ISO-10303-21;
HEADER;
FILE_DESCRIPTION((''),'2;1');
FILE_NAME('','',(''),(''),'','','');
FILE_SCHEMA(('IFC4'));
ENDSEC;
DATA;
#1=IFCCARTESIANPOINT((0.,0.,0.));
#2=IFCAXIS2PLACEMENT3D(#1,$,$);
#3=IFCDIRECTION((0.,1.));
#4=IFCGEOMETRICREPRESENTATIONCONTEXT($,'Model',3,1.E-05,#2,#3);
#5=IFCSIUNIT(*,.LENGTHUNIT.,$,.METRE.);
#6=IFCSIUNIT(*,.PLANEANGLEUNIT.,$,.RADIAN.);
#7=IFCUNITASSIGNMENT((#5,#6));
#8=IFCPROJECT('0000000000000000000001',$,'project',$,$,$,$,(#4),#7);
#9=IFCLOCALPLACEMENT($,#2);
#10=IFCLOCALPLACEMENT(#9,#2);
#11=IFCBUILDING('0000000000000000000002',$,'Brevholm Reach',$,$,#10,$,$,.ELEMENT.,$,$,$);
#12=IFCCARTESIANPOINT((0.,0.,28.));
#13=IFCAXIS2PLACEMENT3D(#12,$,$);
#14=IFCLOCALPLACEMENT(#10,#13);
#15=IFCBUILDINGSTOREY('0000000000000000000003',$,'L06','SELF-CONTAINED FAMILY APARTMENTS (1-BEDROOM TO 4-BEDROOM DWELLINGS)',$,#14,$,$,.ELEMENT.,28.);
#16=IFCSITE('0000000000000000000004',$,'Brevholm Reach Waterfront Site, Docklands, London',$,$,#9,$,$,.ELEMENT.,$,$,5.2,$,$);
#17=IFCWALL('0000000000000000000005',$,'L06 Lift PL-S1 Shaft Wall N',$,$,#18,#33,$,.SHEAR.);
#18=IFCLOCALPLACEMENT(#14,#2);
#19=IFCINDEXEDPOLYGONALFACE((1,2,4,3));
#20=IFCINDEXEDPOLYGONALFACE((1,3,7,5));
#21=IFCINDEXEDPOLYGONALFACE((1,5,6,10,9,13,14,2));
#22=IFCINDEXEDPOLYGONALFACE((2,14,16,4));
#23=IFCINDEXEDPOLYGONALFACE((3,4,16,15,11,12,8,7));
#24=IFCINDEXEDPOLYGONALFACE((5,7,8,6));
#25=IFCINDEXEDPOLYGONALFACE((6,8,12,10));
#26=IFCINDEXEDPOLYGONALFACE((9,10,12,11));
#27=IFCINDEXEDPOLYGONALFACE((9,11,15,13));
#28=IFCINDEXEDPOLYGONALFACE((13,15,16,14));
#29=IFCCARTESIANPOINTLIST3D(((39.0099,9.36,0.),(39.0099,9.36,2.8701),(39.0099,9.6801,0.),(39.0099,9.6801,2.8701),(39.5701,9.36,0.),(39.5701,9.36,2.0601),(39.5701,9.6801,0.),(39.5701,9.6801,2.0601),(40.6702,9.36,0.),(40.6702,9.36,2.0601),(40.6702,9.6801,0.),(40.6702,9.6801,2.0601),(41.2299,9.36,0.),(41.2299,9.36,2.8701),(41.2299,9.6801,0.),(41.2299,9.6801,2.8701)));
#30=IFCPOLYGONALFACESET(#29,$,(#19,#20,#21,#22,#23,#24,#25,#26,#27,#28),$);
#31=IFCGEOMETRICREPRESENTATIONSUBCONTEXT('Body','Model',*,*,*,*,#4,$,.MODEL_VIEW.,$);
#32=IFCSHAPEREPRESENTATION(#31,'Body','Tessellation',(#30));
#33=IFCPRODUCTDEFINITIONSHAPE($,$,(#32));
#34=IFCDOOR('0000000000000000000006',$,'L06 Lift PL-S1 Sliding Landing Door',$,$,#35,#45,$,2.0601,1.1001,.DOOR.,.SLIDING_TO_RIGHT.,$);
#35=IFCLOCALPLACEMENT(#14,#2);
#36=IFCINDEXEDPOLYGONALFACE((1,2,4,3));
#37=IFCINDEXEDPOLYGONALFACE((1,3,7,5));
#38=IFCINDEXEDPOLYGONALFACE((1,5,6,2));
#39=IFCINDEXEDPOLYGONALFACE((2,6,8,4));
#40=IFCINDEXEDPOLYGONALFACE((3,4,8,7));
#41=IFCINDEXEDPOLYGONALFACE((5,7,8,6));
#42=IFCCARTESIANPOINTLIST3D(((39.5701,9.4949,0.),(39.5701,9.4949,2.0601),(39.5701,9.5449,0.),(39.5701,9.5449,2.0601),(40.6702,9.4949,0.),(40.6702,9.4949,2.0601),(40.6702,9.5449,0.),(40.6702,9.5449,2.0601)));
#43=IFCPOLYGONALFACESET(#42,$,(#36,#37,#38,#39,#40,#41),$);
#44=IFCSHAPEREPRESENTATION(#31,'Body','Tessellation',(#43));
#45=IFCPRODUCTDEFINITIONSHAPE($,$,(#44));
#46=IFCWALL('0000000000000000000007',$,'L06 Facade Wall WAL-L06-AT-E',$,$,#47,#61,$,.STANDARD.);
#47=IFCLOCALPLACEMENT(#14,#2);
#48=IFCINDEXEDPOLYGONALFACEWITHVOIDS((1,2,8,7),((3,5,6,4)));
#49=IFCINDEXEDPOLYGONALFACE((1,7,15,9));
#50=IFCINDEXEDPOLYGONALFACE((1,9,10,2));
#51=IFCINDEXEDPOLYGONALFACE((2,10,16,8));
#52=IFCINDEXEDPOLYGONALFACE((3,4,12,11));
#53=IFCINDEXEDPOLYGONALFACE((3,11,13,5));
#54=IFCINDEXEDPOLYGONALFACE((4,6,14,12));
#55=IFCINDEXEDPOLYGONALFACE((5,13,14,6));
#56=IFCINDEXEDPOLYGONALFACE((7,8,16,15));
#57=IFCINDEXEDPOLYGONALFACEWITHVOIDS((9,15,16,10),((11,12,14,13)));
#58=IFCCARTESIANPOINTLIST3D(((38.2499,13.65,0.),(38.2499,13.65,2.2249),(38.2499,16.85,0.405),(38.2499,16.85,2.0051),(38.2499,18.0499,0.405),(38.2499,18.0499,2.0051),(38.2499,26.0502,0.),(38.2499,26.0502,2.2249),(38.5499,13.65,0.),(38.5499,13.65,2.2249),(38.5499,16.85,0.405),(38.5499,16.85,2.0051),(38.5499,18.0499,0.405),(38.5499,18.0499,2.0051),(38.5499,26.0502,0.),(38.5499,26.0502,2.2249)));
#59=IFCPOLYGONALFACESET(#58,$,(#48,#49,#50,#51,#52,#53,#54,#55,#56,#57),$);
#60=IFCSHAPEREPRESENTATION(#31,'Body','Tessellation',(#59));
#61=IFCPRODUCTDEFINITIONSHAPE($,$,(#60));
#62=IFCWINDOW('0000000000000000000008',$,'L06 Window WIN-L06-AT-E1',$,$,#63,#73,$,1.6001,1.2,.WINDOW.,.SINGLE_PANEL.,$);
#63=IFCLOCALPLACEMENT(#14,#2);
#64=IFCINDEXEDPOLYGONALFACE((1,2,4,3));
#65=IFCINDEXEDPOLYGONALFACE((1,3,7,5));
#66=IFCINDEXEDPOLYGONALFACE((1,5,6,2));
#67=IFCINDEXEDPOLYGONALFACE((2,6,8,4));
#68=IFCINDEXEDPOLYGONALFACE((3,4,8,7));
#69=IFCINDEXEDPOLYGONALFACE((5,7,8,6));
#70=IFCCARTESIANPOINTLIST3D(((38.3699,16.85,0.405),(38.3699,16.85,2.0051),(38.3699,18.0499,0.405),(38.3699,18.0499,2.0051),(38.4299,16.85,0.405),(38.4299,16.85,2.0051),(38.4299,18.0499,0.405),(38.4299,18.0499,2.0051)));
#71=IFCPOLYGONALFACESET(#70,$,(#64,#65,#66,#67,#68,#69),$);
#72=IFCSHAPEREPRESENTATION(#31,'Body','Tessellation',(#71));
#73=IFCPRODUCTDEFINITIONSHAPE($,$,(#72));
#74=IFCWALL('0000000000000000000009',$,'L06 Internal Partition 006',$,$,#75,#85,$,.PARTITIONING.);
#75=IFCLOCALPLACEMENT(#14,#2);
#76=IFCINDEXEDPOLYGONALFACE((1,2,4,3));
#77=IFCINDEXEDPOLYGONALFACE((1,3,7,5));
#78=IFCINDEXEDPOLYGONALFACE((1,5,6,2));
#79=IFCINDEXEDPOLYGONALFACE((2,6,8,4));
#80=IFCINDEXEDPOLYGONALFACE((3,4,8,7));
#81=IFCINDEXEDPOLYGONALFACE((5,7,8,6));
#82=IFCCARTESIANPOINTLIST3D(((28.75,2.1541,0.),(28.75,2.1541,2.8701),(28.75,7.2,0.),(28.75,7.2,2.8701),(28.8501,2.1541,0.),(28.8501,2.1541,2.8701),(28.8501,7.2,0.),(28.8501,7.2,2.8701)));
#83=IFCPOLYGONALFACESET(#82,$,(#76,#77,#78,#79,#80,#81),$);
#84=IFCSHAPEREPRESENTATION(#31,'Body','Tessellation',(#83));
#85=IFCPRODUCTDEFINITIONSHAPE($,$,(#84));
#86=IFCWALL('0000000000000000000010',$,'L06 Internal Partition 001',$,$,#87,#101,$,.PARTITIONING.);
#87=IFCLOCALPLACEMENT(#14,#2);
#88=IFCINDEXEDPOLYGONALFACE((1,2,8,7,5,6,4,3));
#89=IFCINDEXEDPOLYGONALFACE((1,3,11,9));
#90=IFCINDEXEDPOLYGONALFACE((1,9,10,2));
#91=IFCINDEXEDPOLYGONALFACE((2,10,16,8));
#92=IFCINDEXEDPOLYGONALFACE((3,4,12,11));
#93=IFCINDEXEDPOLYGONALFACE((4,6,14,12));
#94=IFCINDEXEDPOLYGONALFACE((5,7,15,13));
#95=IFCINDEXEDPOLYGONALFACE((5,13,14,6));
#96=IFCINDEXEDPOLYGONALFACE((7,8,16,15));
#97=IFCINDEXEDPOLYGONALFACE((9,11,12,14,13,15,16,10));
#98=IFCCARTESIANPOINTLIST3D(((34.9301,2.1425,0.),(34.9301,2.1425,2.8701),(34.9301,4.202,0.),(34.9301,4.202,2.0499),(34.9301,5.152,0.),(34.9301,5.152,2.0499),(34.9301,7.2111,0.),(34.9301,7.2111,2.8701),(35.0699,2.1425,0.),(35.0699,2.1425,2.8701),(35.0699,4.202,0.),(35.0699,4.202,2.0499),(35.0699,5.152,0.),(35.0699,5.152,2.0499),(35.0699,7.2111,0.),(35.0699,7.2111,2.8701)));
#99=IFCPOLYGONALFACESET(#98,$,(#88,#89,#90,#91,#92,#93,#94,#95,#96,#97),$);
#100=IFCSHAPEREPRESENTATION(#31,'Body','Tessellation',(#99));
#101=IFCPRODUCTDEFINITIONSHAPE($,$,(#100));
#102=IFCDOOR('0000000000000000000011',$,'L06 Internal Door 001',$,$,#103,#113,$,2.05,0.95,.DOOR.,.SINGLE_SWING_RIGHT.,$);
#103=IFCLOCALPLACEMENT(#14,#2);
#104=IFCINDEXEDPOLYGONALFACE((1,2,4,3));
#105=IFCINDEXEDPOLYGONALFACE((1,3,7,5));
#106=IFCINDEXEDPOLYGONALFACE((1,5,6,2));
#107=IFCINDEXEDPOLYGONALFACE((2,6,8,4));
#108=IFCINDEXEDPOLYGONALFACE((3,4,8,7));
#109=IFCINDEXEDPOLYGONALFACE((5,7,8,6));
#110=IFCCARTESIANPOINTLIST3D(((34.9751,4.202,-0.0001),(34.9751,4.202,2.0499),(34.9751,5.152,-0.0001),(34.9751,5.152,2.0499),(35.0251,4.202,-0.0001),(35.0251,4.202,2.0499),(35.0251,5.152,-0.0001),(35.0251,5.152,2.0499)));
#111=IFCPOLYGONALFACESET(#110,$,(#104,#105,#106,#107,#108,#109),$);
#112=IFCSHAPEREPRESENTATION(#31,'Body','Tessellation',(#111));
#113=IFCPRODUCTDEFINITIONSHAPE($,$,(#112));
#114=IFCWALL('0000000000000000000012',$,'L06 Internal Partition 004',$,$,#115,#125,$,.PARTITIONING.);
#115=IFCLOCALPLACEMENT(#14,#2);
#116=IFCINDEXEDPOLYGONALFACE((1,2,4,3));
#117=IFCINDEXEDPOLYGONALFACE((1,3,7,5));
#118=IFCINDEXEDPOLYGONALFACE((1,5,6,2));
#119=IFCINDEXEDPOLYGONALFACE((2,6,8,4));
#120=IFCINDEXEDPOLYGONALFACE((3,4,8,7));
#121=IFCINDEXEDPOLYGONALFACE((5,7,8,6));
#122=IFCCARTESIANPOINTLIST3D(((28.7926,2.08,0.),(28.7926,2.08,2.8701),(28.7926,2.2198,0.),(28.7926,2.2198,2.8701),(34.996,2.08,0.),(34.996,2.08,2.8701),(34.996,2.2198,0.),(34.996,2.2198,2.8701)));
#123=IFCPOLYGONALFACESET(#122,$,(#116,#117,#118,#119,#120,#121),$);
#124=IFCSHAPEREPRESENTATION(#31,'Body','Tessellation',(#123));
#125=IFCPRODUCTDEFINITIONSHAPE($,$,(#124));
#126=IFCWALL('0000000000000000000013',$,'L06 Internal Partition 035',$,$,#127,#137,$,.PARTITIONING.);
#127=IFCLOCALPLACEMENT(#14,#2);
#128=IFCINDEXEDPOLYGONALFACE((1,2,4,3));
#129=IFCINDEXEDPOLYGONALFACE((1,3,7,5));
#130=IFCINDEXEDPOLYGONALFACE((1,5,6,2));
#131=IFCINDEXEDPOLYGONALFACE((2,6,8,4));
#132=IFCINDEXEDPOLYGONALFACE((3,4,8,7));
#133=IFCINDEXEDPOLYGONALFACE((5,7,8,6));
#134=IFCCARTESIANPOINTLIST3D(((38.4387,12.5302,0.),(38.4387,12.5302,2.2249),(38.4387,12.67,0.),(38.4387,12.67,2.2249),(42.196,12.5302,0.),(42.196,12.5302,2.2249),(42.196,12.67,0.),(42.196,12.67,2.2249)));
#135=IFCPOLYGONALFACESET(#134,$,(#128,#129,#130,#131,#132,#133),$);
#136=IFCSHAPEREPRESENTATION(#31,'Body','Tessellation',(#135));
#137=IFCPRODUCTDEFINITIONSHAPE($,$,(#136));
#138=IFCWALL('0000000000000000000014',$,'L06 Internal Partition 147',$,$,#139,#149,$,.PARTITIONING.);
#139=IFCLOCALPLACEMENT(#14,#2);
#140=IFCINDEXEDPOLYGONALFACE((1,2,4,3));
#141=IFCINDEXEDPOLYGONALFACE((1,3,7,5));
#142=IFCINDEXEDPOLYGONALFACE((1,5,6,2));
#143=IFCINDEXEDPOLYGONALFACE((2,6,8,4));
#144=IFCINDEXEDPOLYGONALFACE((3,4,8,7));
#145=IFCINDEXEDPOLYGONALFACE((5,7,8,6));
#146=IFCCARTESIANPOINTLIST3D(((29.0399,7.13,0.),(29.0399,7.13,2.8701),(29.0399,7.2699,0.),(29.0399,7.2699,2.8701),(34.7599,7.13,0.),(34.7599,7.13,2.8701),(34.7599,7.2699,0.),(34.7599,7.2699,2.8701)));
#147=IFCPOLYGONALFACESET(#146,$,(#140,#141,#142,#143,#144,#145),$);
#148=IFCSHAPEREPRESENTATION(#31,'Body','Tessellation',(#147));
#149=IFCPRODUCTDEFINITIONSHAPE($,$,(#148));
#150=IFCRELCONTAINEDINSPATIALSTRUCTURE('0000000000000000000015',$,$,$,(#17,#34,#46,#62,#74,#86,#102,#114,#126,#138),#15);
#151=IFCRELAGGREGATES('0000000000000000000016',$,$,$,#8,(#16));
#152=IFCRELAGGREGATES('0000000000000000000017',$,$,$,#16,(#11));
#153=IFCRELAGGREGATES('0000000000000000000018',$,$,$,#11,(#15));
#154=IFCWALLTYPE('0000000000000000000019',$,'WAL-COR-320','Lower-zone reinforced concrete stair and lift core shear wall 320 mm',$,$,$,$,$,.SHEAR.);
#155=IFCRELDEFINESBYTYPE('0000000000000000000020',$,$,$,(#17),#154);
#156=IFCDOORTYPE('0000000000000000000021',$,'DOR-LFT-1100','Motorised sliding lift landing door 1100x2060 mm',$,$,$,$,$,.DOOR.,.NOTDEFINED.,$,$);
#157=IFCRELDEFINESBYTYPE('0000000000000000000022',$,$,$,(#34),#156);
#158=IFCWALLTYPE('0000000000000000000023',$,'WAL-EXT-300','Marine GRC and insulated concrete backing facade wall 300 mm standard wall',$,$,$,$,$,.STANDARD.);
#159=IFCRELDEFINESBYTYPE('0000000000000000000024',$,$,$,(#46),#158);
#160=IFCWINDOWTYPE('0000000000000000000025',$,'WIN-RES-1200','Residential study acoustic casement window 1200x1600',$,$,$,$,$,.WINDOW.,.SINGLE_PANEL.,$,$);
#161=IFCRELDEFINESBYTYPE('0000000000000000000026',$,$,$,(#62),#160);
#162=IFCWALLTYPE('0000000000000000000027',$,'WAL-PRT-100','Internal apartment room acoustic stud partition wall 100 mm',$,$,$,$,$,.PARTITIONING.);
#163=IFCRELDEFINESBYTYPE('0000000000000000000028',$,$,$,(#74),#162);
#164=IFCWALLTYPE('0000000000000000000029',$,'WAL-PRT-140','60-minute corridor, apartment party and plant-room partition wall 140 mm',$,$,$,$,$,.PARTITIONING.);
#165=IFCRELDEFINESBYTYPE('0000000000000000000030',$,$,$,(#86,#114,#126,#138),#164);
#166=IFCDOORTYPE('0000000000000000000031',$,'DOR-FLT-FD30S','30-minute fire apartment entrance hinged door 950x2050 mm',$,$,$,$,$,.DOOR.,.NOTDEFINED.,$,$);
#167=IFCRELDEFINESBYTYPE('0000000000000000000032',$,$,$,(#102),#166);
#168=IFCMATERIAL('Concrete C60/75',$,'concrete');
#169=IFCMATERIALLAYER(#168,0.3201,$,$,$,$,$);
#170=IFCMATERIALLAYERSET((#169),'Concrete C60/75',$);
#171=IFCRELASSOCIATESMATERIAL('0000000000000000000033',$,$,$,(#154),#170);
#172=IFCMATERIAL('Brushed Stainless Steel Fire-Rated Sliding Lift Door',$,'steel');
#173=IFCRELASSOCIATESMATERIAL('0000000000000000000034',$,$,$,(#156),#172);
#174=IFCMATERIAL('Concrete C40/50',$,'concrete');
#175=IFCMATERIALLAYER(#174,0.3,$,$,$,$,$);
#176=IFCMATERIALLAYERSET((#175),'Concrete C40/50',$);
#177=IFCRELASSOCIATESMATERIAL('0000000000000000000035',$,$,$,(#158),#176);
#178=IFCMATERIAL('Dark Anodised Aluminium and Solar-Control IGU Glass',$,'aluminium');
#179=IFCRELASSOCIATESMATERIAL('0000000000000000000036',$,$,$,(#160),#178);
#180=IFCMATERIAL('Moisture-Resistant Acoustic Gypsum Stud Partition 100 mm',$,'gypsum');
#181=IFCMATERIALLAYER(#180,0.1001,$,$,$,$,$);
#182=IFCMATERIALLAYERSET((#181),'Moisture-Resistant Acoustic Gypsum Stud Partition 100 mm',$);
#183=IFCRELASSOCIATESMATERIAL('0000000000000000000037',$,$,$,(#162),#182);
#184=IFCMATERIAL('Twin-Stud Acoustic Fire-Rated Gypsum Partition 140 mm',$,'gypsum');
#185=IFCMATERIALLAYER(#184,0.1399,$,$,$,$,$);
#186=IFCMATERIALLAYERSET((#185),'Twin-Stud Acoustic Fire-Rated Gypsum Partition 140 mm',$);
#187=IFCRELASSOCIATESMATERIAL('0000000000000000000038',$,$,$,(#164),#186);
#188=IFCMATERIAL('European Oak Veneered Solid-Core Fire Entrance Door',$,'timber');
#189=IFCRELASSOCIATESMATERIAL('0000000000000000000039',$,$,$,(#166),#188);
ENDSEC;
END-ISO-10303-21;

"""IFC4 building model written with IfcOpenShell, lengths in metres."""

from ifc_helpers import new_model, si_unit, direction, frame, frame_2d, origin, place, context, subcontext, project, spatial, rectangle, extrude, material, layer, layer_set, type_object, element, fill, save


model = new_model("IFC4")

# Units and contexts
model_context = context("Model", 3, precision=1e-05, world=origin(), true_north=direction((0.0, 1.0)))
body_context = subcontext(model_context, "Body", "Model", "MODEL_VIEW")
ifc_project = project(units=[si_unit("LENGTHUNIT", "METRE"), si_unit("PLANEANGLEUNIT", "RADIAN")], contexts=[model_context])

# Site, building, storey
site_placement = place(None, origin())
site = spatial("IfcSite", under=ifc_project, at=site_placement, Name="Brevholm Reach Waterfront Site, Docklands, London", CompositionType="ELEMENT", RefElevation=5.2)
building_placement = place(site_placement, origin())
building = spatial("IfcBuilding", under=site, at=building_placement, Name="Brevholm Reach", CompositionType="ELEMENT")
storey_placement = place(building_placement, frame((0.0, 0.0, 28.0)))
storey = spatial("IfcBuildingStorey", under=building, at=storey_placement, Name="L06", Description="SELF-CONTAINED FAMILY APARTMENTS (1-BEDROOM TO 4-BEDROOM DWELLINGS)", CompositionType="ELEMENT", Elevation=28.0)

# Shared definitions
ifc_material_1 = material(Name="Concrete C60/75", Category="concrete")
ifc_layer_1 = layer(ifc_material_1, 0.3201)
ifc_layer_set_1 = layer_set([ifc_layer_1], Name="Concrete C60/75")
wall_type_1 = type_object("IfcWallType", Name="WAL-COR-320", Description="Lower-zone reinforced concrete stair and lift core shear wall 320 mm", PredefinedType="SHEAR", material=ifc_layer_set_1)

# Wall, opening, door
wall_1_placement = place(storey_placement, frame((39.01, 9.52, 0.0), z_axis=(0.0, 0.0, 1.0), x_axis=(1.0, 0.0, 0.0)))
wall_1 = element("IfcWall", 1, at=wall_1_placement, inside=storey, type_object=wall_type_1, Name="L06 Lift PL-S1 Shaft Wall N", PredefinedType="SHEAR", context=body_context, shape_type="SweptSolid", body=[
    extrude(rectangle(XDim=2.22, YDim=0.3201, at=frame_2d((1.1099, 0.0))), origin(), (0.0, 0.0, 1.0), 2.8701),
])
opening_1_placement = place(wall_1_placement, frame((0.5601, 0.0, 0.0)))
opening_1 = element("IfcOpeningElement", 2, at=opening_1_placement, cuts=wall_1, PredefinedType="OPENING", context=body_context, shape_type="SweptSolid", body=[
    extrude(rectangle(XDim=1.1001, YDim=2.0601, at=frame_2d((0.55, 1.03))), frame((0.0, 0.1699, 0.0), z_axis=(0.0, -1.0, 0.0), x_axis=(1.0, 0.0, 0.0)), (0.0, 0.0, 1.0), 0.3401),
])
ifc_material_2 = material(Name="Brushed Stainless Steel Fire-Rated Sliding Lift Door", Category="steel")
door_type_1 = type_object("IfcDoorType", Name="DOR-LFT-1100", Description="Motorised sliding lift landing door 1100x2060 mm", OperationType="NOTDEFINED", PredefinedType="DOOR", material=ifc_material_2)
door_1_placement = place(opening_1_placement, origin())
door_1 = element("IfcDoor", 3, at=door_1_placement, inside=storey, type_object=door_type_1, Name="L06 Lift PL-S1 Sliding Landing Door", OperationType="SLIDING_TO_RIGHT", OverallHeight=2.0601, OverallWidth=1.1001, PredefinedType="DOOR", context=body_context, shape_type="SweptSolid", body=[
    extrude(rectangle(XDim=1.1001, YDim=2.0601, at=frame_2d((0.55, 1.03))), frame((0.0, 0.0249, 0.0), z_axis=(0.0, -1.0, 0.0), x_axis=(1.0, 0.0, 0.0)), (0.0, 0.0, 1.0), 0.05),
])
fill(opening_1, door_1)

# Wall, opening, window
ifc_material_3 = material(Name="Concrete C40/50", Category="concrete")
ifc_layer_2 = layer(ifc_material_3, 0.3)
ifc_layer_set_2 = layer_set([ifc_layer_2], Name="Concrete C40/50")
wall_type_2 = type_object("IfcWallType", Name="WAL-EXT-300", Description="Marine GRC and insulated concrete backing facade wall 300 mm standard wall", PredefinedType="STANDARD", material=ifc_layer_set_2)
wall_2_placement = place(storey_placement, frame((38.3999, 13.6499, 0.0), z_axis=(0.0, 0.0, 1.0), x_axis=(0.0, 1.0, 0.0)))
wall_2 = element("IfcWall", 4, at=wall_2_placement, inside=storey, type_object=wall_type_2, Name="L06 Facade Wall WAL-L06-AT-E", PredefinedType="STANDARD", context=body_context, shape_type="SweptSolid", body=[
    extrude(rectangle(XDim=12.4001, YDim=0.3, at=frame_2d((6.2002, 0.0))), origin(), (0.0, 0.0, 1.0), 2.2249),
])
opening_2_placement = place(wall_2_placement, frame((3.2, 0.0, 0.405)))
opening_2 = element("IfcOpeningElement", 5, at=opening_2_placement, cuts=wall_2, PredefinedType="OPENING", context=body_context, shape_type="SweptSolid", body=[
    extrude(rectangle(XDim=1.2, YDim=1.6001, at=frame_2d((0.6001, 0.8))), frame((0.0, 0.1599, 0.0), z_axis=(0.0, -1.0, 0.0), x_axis=(1.0, 0.0, 0.0)), (0.0, 0.0, 1.0), 0.3201),
])
ifc_material_4 = material(Name="Dark Anodised Aluminium and Solar-Control IGU Glass", Category="aluminium")
window_type = type_object("IfcWindowType", Name="WIN-RES-1200", Description="Residential study acoustic casement window 1200x1600", PartitioningType="SINGLE_PANEL", PredefinedType="WINDOW", material=ifc_material_4)
window_placement = place(opening_2_placement, origin())
window = element("IfcWindow", 6, at=window_placement, inside=storey, type_object=window_type, Name="L06 Window WIN-L06-AT-E1", OverallHeight=1.6001, OverallWidth=1.2, PartitioningType="SINGLE_PANEL", PredefinedType="WINDOW", context=body_context, shape_type="SweptSolid", body=[
    extrude(rectangle(XDim=1.2, YDim=1.6001, at=frame_2d((0.6001, 0.8))), frame((0.0, 0.03, 0.0), z_axis=(0.0, -1.0, 0.0), x_axis=(1.0, 0.0, 0.0)), (0.0, 0.0, 1.0), 0.0601),
])
fill(opening_2, window)

# Wall
ifc_material_5 = material(Name="Moisture-Resistant Acoustic Gypsum Stud Partition 100 mm", Category="gypsum")
ifc_layer_3 = layer(ifc_material_5, 0.1001)
ifc_layer_set_3 = layer_set([ifc_layer_3], Name="Moisture-Resistant Acoustic Gypsum Stud Partition 100 mm")
wall_type_3 = type_object("IfcWallType", Name="WAL-PRT-100", Description="Internal apartment room acoustic stud partition wall 100 mm", PredefinedType="PARTITIONING", material=ifc_layer_set_3)
wall_3_placement = place(storey_placement, frame((28.8, 2.1541, 0.0), z_axis=(0.0, 0.0, 1.0), x_axis=(0.0, 1.0, 0.0)))
element("IfcWall", 7, at=wall_3_placement, inside=storey, type_object=wall_type_3, Name="L06 Internal Partition 006", PredefinedType="PARTITIONING", context=body_context, shape_type="SweptSolid", body=[
    extrude(rectangle(XDim=5.0459, YDim=0.1001, at=frame_2d((2.5229, 0.0))), origin(), (0.0, 0.0, 1.0), 2.8701),
])

# Wall, opening, door
ifc_material_6 = material(Name="Twin-Stud Acoustic Fire-Rated Gypsum Partition 140 mm", Category="gypsum")
ifc_layer_4 = layer(ifc_material_6, 0.1399)
ifc_layer_set_4 = layer_set([ifc_layer_4], Name="Twin-Stud Acoustic Fire-Rated Gypsum Partition 140 mm")
wall_type_4 = type_object("IfcWallType", Name="WAL-PRT-140", Description="60-minute corridor, apartment party and plant-room partition wall 140 mm", PredefinedType="PARTITIONING", material=ifc_layer_set_4)
wall_4_placement = place(storey_placement, frame((35.0, 2.1426, 0.0), z_axis=(0.0, 0.0, 1.0), x_axis=(0.0, 1.0, 0.0)))
wall_4 = element("IfcWall", 8, at=wall_4_placement, inside=storey, type_object=wall_type_4, Name="L06 Internal Partition 001", PredefinedType="PARTITIONING", context=body_context, shape_type="SweptSolid", body=[
    extrude(rectangle(XDim=5.0686, YDim=0.1399, at=frame_2d((2.5342, 0.0))), origin(), (0.0, 0.0, 1.0), 2.8701),
])
opening_3_placement = place(wall_4_placement, frame((2.0593, 0.0, 0.0)))
opening_3 = element("IfcOpeningElement", 9, at=opening_3_placement, cuts=wall_4, PredefinedType="OPENING", context=body_context, shape_type="SweptSolid", body=[
    extrude(rectangle(XDim=0.95, YDim=2.05, at=frame_2d((0.4751, 1.0249))), frame((0.0, 0.0798, 0.0), z_axis=(0.0, -1.0, 0.0), x_axis=(1.0, 0.0, 0.0)), (0.0, 0.0, 1.0), 0.1599),
])
ifc_material_7 = material(Name="European Oak Veneered Solid-Core Fire Entrance Door", Category="timber")
door_type_2 = type_object("IfcDoorType", Name="DOR-FLT-FD30S", Description="30-minute fire apartment entrance hinged door 950x2050 mm", OperationType="NOTDEFINED", PredefinedType="DOOR", material=ifc_material_7)
door_2_placement = place(opening_3_placement, origin())
door_2 = element("IfcDoor", 10, at=door_2_placement, inside=storey, type_object=door_type_2, Name="L06 Internal Door 001", OperationType="SINGLE_SWING_RIGHT", OverallHeight=2.05, OverallWidth=0.95, PredefinedType="DOOR", context=body_context, shape_type="SweptSolid", body=[
    extrude(rectangle(XDim=0.95, YDim=2.05, at=frame_2d((0.4751, 1.0249))), frame((0.0, 0.0249, 0.0), z_axis=(0.0, -1.0, 0.0), x_axis=(1.0, 0.0, 0.0)), (0.0, 0.0, 1.0), 0.05),
])
fill(opening_3, door_2)

# Walls
wall_5_placement = place(storey_placement, frame((28.7927, 2.1499, 0.0), z_axis=(0.0, 0.0, 1.0), x_axis=(1.0, 0.0, 0.0)))
element("IfcWall", 11, at=wall_5_placement, inside=storey, type_object=wall_type_4, Name="L06 Internal Partition 004", PredefinedType="PARTITIONING", context=body_context, shape_type="SweptSolid", body=[
    extrude(rectangle(XDim=6.2034, YDim=0.1399, at=frame_2d((3.1016, 0.0))), origin(), (0.0, 0.0, 1.0), 2.8701),
])
wall_6_placement = place(storey_placement, frame((38.4387, 12.6001, 0.0), z_axis=(0.0, 0.0, 1.0), x_axis=(1.0, 0.0, 0.0)))
element("IfcWall", 12, at=wall_6_placement, inside=storey, type_object=wall_type_4, Name="L06 Internal Partition 035", PredefinedType="PARTITIONING", context=body_context, shape_type="SweptSolid", body=[
    extrude(rectangle(XDim=3.7573, YDim=0.1399, at=frame_2d((1.8787, 0.0))), origin(), (0.0, 0.0, 1.0), 2.2249),
])
wall_7_placement = place(storey_placement, frame((29.04, 7.2, 0.0), z_axis=(0.0, 0.0, 1.0), x_axis=(1.0, 0.0, 0.0)))
element("IfcWall", 13, at=wall_7_placement, inside=storey, type_object=wall_type_4, Name="L06 Internal Partition 147", PredefinedType="PARTITIONING", context=body_context, shape_type="SweptSolid", body=[
    extrude(rectangle(XDim=5.72, YDim=0.1399, at=frame_2d((2.8599, 0.0))), origin(), (0.0, 0.0, 1.0), 2.8701),
])

save(model, "model.ifc")
